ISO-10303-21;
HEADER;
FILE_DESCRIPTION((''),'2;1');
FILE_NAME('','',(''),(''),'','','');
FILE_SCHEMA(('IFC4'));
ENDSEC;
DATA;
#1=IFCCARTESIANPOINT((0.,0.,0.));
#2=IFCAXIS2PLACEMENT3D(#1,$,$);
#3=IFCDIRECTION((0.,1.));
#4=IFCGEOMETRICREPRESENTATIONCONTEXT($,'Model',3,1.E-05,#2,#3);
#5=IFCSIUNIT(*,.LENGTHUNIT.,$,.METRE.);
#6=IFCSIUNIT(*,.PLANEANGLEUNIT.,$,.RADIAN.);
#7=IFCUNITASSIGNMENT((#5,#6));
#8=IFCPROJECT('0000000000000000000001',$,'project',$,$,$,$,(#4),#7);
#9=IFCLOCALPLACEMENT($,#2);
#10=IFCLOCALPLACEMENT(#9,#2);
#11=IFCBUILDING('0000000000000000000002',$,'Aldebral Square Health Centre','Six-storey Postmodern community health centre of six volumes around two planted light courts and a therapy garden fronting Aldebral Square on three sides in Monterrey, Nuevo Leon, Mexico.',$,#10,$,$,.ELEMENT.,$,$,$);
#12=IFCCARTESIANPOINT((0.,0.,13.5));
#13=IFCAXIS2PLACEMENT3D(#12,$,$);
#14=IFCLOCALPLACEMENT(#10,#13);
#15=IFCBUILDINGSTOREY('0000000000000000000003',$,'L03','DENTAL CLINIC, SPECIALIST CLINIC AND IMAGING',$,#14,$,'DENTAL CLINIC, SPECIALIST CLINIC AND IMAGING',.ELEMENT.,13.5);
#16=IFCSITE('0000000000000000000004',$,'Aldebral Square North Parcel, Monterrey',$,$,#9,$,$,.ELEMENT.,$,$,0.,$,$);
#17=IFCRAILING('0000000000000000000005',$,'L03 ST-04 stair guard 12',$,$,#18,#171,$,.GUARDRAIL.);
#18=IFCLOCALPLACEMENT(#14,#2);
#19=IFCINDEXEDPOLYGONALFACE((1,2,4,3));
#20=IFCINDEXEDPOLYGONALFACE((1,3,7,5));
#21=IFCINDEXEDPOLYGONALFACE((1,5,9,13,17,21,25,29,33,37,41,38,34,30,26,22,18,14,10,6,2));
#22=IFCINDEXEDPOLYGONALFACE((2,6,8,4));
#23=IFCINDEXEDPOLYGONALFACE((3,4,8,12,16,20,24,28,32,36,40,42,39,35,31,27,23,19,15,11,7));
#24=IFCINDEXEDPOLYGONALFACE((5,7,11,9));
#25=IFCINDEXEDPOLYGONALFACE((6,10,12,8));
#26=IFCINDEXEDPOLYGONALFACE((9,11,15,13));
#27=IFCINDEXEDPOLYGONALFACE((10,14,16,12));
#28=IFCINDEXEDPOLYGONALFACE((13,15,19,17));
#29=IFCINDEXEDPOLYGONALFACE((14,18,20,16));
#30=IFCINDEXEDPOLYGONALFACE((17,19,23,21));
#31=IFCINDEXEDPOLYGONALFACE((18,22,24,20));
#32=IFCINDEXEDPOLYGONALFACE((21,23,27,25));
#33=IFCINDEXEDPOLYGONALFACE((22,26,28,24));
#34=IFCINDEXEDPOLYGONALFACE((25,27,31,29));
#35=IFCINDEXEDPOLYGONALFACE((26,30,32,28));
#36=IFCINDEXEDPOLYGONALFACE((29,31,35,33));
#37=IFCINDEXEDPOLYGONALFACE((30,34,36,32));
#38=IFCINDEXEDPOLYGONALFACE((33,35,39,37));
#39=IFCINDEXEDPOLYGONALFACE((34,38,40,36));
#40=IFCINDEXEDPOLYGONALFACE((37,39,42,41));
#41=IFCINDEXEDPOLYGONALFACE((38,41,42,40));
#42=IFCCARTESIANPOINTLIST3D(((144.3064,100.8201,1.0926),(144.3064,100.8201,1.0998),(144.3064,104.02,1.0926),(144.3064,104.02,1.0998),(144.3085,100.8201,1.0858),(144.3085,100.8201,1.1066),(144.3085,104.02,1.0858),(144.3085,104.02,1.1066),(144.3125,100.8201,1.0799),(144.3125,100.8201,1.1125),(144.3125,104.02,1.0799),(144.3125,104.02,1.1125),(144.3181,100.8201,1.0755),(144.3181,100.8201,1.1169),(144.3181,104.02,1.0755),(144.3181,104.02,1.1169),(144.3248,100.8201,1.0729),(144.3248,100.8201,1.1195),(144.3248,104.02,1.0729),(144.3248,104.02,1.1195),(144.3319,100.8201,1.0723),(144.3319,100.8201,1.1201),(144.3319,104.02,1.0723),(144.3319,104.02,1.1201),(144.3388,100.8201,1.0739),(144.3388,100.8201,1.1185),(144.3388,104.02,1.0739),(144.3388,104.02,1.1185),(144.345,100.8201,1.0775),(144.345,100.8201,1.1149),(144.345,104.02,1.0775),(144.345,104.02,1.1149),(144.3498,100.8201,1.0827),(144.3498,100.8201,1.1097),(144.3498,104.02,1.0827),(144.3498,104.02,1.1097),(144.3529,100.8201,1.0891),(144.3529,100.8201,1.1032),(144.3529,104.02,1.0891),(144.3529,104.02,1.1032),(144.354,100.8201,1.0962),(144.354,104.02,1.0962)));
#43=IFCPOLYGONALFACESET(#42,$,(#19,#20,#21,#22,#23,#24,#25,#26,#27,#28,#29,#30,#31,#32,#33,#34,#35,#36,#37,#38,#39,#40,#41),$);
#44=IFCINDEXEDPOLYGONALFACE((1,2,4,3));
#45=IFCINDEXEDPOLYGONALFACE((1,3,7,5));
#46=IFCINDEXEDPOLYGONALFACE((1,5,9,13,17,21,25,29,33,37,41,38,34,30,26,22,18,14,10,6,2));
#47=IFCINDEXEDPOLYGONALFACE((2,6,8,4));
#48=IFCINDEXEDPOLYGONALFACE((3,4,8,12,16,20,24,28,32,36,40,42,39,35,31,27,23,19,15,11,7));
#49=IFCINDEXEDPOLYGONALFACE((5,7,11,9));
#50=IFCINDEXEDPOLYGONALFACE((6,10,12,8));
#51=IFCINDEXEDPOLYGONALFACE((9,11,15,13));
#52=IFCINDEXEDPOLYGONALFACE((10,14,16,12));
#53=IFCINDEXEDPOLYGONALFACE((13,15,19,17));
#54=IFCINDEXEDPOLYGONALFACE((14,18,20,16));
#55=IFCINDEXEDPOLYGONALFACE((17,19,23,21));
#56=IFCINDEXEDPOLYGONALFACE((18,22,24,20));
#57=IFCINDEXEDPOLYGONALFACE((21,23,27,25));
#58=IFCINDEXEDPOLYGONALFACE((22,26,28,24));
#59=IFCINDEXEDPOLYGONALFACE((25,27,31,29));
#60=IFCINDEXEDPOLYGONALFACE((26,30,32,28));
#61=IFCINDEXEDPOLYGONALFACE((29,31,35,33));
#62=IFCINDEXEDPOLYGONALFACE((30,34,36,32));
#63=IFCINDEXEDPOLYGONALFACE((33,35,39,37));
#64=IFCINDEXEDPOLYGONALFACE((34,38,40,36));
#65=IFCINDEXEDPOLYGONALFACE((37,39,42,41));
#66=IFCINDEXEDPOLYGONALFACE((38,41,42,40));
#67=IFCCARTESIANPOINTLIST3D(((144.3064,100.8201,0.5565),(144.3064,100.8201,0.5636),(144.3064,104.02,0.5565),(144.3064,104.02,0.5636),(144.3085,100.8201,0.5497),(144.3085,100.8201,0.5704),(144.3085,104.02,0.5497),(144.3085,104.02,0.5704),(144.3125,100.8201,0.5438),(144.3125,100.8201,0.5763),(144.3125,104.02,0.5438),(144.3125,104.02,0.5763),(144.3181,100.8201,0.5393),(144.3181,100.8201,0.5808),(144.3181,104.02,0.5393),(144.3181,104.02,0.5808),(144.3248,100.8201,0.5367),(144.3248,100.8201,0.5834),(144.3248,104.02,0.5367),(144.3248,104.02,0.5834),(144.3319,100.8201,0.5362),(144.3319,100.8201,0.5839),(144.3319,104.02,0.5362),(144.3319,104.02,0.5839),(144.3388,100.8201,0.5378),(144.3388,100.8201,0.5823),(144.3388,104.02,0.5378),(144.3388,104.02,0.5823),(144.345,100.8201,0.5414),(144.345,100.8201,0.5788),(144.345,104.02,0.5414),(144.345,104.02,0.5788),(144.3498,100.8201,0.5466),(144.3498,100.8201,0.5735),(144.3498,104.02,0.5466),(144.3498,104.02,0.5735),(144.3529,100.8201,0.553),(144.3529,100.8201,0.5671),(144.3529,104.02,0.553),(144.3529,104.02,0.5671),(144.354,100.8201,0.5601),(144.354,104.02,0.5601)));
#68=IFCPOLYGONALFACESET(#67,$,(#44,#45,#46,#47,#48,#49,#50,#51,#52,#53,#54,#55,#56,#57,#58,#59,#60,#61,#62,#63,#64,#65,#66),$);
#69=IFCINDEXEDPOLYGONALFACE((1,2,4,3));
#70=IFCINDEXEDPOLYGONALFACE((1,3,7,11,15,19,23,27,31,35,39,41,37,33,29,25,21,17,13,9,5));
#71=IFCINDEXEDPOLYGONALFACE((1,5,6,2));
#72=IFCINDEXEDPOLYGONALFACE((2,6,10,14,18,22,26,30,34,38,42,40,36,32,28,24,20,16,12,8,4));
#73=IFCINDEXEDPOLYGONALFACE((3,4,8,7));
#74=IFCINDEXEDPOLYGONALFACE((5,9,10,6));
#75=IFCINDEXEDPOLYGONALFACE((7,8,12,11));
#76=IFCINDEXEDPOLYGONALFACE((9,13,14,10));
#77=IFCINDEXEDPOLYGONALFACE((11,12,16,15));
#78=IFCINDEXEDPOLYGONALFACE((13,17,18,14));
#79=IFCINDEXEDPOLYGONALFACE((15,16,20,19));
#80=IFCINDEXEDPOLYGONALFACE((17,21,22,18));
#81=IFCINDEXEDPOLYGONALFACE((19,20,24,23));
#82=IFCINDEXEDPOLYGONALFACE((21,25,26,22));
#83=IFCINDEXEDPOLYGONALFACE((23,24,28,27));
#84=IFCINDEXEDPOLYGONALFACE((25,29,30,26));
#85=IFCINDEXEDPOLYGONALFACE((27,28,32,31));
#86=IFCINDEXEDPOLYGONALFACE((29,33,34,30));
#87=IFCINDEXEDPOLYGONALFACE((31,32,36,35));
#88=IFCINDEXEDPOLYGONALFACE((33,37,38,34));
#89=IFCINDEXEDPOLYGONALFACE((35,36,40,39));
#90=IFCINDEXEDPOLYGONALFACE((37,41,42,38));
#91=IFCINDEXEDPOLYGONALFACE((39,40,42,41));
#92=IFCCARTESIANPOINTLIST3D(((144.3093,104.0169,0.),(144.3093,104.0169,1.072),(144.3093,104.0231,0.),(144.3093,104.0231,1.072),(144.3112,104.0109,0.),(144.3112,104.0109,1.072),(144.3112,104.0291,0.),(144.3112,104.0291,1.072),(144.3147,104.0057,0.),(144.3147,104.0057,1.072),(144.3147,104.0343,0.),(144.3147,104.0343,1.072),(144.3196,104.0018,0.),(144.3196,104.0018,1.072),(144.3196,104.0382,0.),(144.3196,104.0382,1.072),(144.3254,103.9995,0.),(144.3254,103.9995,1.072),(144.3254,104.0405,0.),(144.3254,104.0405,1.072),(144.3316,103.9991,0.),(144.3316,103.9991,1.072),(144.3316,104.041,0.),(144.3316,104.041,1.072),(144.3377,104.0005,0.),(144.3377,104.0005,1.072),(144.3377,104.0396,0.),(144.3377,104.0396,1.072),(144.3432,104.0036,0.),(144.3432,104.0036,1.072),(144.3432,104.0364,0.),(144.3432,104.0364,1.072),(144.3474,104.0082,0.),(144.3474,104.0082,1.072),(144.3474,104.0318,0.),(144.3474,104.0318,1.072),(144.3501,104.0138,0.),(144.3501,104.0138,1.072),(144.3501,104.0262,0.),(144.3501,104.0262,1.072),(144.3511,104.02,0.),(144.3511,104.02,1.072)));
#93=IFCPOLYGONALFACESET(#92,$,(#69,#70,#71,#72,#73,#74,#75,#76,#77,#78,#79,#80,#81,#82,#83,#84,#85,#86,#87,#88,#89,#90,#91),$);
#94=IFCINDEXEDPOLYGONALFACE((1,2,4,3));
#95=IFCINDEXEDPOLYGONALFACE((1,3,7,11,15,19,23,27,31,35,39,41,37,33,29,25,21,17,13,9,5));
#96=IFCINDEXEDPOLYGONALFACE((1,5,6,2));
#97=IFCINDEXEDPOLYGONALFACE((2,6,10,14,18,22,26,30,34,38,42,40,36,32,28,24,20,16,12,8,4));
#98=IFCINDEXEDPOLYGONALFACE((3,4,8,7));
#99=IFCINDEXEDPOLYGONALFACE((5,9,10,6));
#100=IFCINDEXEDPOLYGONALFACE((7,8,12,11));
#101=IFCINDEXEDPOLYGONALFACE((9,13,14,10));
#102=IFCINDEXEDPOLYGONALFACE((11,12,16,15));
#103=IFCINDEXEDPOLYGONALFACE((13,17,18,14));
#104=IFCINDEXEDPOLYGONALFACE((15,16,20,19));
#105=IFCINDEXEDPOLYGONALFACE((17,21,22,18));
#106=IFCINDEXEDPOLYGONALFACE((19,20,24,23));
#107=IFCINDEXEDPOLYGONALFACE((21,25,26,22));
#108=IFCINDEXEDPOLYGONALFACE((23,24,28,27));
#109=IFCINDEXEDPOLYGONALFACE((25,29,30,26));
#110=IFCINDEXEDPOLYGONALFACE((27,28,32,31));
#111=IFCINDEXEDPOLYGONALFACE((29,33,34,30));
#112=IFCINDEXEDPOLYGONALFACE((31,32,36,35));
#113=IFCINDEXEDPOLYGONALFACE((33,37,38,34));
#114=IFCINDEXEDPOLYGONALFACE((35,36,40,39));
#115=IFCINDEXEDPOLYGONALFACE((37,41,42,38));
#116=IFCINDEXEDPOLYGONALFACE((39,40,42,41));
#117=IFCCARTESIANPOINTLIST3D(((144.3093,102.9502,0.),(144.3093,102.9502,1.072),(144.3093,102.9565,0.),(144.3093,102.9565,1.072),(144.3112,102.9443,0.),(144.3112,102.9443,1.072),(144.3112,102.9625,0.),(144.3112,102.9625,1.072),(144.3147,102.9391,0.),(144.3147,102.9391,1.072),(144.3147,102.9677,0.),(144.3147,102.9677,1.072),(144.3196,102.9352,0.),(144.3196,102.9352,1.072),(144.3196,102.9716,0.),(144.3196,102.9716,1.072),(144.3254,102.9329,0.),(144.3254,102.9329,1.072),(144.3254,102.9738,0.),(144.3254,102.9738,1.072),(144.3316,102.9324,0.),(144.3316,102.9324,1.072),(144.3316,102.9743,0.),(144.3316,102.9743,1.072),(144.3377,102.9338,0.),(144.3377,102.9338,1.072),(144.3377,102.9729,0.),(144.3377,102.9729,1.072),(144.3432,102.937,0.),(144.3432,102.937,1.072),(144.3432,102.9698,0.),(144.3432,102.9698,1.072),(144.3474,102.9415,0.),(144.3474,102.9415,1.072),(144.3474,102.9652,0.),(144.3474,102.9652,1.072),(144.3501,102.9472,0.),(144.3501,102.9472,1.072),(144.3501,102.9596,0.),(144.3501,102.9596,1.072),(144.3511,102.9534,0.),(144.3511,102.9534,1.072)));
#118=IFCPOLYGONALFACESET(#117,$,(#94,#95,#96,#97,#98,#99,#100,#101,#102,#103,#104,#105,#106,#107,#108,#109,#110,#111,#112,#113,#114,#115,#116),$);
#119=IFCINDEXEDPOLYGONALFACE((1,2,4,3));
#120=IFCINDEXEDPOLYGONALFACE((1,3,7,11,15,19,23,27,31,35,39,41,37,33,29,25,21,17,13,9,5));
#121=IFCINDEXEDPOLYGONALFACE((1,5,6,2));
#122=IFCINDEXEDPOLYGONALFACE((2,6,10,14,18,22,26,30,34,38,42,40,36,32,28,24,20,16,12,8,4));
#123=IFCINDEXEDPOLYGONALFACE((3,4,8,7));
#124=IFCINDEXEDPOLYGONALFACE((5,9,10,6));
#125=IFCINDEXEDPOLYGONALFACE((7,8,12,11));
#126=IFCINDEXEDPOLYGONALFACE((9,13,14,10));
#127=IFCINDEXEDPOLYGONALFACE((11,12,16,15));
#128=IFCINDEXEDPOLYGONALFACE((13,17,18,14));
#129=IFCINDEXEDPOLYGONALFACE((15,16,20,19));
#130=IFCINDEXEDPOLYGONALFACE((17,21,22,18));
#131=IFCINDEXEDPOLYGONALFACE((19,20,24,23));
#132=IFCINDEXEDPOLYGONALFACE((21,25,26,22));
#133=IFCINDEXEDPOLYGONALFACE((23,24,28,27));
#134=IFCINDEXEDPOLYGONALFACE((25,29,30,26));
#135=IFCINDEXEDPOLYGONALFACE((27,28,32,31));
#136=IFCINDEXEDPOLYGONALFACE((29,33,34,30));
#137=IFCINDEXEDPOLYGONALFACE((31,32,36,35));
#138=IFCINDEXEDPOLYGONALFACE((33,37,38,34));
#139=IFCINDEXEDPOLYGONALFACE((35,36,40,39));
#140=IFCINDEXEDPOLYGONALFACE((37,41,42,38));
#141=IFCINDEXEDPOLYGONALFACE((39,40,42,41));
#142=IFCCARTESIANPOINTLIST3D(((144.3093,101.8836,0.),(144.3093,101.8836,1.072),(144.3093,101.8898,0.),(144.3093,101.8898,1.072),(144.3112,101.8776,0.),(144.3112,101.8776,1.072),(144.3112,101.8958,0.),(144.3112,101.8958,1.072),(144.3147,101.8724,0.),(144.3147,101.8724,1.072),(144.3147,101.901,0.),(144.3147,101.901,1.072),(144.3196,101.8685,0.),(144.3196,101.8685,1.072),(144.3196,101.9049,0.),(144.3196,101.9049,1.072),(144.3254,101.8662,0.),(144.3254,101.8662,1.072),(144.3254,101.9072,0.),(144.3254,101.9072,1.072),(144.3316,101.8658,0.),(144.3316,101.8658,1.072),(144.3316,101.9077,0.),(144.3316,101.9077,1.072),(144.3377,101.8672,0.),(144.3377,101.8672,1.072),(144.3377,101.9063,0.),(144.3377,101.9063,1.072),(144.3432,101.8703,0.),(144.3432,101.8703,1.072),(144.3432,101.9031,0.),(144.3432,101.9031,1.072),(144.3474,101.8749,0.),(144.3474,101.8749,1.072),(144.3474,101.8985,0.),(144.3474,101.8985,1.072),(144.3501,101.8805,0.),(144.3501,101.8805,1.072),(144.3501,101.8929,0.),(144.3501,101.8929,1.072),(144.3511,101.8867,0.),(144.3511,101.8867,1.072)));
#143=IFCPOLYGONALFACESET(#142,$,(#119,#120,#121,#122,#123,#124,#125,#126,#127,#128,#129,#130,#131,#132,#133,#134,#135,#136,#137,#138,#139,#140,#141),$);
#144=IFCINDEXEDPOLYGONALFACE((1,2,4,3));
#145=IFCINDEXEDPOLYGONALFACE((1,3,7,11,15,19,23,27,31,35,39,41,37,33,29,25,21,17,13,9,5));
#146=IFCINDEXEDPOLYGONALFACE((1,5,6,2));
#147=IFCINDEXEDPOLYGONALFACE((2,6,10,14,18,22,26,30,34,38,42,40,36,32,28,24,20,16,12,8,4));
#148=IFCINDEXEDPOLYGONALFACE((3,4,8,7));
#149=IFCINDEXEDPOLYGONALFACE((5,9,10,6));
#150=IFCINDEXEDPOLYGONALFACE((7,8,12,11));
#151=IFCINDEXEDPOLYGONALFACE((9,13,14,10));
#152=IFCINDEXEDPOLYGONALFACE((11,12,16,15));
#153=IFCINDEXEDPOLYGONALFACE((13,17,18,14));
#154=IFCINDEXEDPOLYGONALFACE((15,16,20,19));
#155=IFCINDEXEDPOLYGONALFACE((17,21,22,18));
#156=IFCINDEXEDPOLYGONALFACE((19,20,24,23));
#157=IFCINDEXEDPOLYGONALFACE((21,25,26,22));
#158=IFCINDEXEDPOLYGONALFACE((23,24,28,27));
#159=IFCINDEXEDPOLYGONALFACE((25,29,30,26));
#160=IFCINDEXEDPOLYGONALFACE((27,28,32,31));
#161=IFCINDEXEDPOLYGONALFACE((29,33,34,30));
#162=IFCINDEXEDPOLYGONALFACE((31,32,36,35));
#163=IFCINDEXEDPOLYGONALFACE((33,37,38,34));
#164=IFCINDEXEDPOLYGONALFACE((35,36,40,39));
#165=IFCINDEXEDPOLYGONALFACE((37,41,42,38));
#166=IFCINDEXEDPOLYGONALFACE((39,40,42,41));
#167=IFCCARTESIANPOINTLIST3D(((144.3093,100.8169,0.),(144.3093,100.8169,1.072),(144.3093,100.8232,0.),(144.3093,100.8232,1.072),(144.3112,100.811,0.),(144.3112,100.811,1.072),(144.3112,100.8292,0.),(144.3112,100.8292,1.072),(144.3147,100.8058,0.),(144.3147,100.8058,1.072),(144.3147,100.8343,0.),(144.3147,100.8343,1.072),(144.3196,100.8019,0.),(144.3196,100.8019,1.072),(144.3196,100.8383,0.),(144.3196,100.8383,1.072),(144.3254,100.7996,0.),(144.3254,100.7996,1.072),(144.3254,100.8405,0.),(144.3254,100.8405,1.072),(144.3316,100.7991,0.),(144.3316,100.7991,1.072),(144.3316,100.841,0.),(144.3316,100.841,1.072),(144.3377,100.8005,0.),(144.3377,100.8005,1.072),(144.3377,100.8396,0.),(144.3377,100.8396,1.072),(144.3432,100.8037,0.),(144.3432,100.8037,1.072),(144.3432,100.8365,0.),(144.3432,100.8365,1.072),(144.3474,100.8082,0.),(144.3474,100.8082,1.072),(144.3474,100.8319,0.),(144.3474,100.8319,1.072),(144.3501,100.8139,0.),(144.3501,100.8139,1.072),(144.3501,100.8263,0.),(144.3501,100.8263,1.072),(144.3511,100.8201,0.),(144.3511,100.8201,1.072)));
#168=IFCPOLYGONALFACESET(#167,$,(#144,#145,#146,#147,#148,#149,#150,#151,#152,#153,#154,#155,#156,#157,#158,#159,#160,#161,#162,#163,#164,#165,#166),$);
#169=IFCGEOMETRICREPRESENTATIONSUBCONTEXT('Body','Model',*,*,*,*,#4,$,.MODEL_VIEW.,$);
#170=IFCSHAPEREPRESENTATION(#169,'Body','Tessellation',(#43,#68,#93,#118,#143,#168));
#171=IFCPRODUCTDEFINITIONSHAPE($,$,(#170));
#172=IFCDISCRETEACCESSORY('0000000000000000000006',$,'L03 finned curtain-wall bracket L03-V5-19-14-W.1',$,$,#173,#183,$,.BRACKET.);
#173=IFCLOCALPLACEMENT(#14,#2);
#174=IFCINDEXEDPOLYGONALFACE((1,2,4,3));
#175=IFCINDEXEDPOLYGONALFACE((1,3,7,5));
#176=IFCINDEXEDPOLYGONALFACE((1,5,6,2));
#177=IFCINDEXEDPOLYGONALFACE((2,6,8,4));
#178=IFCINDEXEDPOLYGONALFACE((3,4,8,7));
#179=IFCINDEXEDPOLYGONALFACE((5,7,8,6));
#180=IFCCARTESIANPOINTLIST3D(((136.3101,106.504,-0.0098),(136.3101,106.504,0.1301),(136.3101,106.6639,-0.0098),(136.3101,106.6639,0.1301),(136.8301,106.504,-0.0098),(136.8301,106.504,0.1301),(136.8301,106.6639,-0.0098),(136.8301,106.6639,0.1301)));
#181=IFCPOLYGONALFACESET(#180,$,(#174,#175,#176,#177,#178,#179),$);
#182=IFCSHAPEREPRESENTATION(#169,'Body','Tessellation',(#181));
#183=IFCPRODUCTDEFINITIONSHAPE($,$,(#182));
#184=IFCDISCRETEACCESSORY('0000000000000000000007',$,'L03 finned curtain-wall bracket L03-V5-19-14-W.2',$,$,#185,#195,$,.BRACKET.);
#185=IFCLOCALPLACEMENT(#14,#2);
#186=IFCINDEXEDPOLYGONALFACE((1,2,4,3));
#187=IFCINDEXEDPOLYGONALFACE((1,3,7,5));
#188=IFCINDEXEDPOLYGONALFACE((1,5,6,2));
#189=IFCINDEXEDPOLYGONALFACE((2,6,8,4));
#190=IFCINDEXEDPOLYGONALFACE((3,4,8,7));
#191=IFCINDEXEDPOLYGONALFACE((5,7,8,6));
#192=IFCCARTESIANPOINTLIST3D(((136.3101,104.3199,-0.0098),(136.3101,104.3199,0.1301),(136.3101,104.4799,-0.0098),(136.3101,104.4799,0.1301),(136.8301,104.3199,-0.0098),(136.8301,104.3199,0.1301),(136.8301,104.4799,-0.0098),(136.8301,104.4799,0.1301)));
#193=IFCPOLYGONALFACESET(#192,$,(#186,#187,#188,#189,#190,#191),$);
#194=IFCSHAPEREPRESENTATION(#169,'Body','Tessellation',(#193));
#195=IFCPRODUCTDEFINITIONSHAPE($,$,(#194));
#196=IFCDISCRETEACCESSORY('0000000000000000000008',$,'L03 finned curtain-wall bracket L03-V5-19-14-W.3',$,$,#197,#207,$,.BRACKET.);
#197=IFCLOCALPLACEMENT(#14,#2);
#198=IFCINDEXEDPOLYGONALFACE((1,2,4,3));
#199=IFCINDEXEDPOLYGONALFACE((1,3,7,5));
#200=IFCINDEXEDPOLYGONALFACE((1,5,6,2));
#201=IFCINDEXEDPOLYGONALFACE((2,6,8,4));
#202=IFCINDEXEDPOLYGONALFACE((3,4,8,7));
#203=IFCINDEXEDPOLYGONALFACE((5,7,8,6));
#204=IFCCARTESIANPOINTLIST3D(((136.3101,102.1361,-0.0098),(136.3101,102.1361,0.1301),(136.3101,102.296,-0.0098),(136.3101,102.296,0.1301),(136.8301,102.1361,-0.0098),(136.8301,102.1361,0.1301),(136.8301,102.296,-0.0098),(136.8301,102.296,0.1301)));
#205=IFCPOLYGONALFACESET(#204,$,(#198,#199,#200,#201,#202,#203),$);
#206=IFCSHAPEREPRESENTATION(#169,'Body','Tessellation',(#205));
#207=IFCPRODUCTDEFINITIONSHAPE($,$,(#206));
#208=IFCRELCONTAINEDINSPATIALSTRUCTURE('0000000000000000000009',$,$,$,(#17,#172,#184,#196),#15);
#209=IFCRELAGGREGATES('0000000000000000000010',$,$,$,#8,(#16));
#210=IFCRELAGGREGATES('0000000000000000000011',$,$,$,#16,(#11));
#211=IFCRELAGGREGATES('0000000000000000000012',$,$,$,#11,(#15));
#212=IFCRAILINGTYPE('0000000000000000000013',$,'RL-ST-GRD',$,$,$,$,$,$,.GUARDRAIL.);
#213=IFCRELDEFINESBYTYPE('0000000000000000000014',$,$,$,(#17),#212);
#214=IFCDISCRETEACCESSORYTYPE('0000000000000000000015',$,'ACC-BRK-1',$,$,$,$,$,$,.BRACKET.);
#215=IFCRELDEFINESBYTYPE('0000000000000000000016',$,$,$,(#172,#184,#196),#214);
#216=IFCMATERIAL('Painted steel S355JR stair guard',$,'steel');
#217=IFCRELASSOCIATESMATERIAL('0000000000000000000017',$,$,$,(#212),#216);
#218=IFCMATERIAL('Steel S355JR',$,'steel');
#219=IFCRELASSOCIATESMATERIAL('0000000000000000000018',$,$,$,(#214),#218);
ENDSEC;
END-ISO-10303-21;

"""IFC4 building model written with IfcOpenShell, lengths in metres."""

from ifc_helpers import new_model, si_unit, direction, frame, origin, origin_2d, place, context, subcontext, project, spatial, rectangle, circle, extrude, material, type_object, element, save


model = new_model("IFC4")

# Units and contexts
model_context = context("Model", 3, precision=1e-05, world=origin(), true_north=direction((0.0, 1.0)))
body_context = subcontext(model_context, "Body", "Model", "MODEL_VIEW")
ifc_project = project(units=[si_unit("LENGTHUNIT", "METRE"), si_unit("PLANEANGLEUNIT", "RADIAN")], contexts=[model_context])

# Site, building, storey
site_placement = place(None, origin())
site = spatial("IfcSite", under=ifc_project, at=site_placement, Name="Aldebral Square North Parcel, Monterrey", CompositionType="ELEMENT", RefElevation=0.0)
building_placement = place(site_placement, origin())
building = spatial("IfcBuilding", under=site, at=building_placement, Name="Aldebral Square Health Centre", Description="Six-storey Postmodern community health centre of six volumes around two planted light courts and a therapy garden fronting Aldebral Square on three sides in Monterrey, Nuevo Leon, Mexico.", CompositionType="ELEMENT")
storey_placement = place(building_placement, frame((0.0, 0.0, 13.5)))
storey = spatial("IfcBuildingStorey", under=building, at=storey_placement, Name="L03", Description="DENTAL CLINIC, SPECIALIST CLINIC AND IMAGING", LongName="DENTAL CLINIC, SPECIALIST CLINIC AND IMAGING", CompositionType="ELEMENT", Elevation=13.5)

# Railing
ifc_material_1 = material(Name="Painted steel S355JR stair guard", Category="steel")
railing_type = type_object("IfcRailingType", Name="RL-ST-GRD", PredefinedType="GUARDRAIL", material=ifc_material_1)
railing_1_placement = place(storey_placement, frame((144.3301, 104.02, 0.0)))
element("IfcRailing", 1, at=railing_1_placement, inside=storey, type_object=railing_type, Name="L03 ST-04 stair guard 12", PredefinedType="GUARDRAIL", context=body_context, shape_type="SweptSolid", body=[
    extrude(circle(Radius=0.0239, at=origin_2d()), frame((0.0, 0.0, 1.0962), z_axis=(0.0, -1.0, 0.0), x_axis=(1.0, 0.0, 0.0)), (0.0, 0.0, 1.0), 3.2),
    extrude(circle(Radius=0.0239, at=origin_2d()), frame((0.0, 0.0, 0.5601), z_axis=(0.0, -1.0, 0.0), x_axis=(1.0, 0.0, 0.0)), (0.0, 0.0, 1.0), 3.2),
    extrude(circle(Radius=0.021, at=origin_2d()), origin(), (0.0, 0.0, 1.0), 1.072),
    extrude(circle(Radius=0.021, at=origin_2d()), frame((0.0, -1.0667, 0.0)), (0.0, 0.0, 1.0), 1.072),
    extrude(circle(Radius=0.021, at=origin_2d()), frame((0.0, -2.1333, 0.0)), (0.0, 0.0, 1.0), 1.072),
    extrude(circle(Radius=0.021, at=origin_2d()), frame((0.0, -3.2, 0.0)), (0.0, 0.0, 1.0), 1.072),
])

# Discrete accessories
ifc_material_2 = material(Name="Steel S355JR", Category="steel")
discrete_accessory_type = type_object("IfcDiscreteAccessoryType", Name="ACC-BRK-1", PredefinedType="BRACKET", material=ifc_material_2)
for number, where, z_axis, x_axis, name in (
    (2, (136.5701, 106.584, -0.0098), (0.0, 0.0, 1.0), (0.0, 1.0, 0.0), "L03 finned curtain-wall bracket L03-V5-19-14-W.1"),
    (3, (136.5701, 104.3999, -0.0098), (0.0, 0.0, 1.0), (0.0, 1.0, 0.0), "L03 finned curtain-wall bracket L03-V5-19-14-W.2"),
    (4, (136.5701, 102.2161, -0.0098), (0.0, 0.0, 1.0), (0.0, 1.0, 0.0), "L03 finned curtain-wall bracket L03-V5-19-14-W.3"),
):
    element("IfcDiscreteAccessory", number, at=place(storey_placement, frame(where, z_axis=z_axis, x_axis=x_axis)), inside=storey, type_object=discrete_accessory_type, Name=name, PredefinedType="BRACKET", context=body_context, shape_type="SweptSolid", body=[
        extrude(rectangle(XDim=0.1599, YDim=0.52, at=origin_2d()), origin(), (0.0, 0.0, 1.0), 0.1399),
    ])

save(model, "model.ifc")
